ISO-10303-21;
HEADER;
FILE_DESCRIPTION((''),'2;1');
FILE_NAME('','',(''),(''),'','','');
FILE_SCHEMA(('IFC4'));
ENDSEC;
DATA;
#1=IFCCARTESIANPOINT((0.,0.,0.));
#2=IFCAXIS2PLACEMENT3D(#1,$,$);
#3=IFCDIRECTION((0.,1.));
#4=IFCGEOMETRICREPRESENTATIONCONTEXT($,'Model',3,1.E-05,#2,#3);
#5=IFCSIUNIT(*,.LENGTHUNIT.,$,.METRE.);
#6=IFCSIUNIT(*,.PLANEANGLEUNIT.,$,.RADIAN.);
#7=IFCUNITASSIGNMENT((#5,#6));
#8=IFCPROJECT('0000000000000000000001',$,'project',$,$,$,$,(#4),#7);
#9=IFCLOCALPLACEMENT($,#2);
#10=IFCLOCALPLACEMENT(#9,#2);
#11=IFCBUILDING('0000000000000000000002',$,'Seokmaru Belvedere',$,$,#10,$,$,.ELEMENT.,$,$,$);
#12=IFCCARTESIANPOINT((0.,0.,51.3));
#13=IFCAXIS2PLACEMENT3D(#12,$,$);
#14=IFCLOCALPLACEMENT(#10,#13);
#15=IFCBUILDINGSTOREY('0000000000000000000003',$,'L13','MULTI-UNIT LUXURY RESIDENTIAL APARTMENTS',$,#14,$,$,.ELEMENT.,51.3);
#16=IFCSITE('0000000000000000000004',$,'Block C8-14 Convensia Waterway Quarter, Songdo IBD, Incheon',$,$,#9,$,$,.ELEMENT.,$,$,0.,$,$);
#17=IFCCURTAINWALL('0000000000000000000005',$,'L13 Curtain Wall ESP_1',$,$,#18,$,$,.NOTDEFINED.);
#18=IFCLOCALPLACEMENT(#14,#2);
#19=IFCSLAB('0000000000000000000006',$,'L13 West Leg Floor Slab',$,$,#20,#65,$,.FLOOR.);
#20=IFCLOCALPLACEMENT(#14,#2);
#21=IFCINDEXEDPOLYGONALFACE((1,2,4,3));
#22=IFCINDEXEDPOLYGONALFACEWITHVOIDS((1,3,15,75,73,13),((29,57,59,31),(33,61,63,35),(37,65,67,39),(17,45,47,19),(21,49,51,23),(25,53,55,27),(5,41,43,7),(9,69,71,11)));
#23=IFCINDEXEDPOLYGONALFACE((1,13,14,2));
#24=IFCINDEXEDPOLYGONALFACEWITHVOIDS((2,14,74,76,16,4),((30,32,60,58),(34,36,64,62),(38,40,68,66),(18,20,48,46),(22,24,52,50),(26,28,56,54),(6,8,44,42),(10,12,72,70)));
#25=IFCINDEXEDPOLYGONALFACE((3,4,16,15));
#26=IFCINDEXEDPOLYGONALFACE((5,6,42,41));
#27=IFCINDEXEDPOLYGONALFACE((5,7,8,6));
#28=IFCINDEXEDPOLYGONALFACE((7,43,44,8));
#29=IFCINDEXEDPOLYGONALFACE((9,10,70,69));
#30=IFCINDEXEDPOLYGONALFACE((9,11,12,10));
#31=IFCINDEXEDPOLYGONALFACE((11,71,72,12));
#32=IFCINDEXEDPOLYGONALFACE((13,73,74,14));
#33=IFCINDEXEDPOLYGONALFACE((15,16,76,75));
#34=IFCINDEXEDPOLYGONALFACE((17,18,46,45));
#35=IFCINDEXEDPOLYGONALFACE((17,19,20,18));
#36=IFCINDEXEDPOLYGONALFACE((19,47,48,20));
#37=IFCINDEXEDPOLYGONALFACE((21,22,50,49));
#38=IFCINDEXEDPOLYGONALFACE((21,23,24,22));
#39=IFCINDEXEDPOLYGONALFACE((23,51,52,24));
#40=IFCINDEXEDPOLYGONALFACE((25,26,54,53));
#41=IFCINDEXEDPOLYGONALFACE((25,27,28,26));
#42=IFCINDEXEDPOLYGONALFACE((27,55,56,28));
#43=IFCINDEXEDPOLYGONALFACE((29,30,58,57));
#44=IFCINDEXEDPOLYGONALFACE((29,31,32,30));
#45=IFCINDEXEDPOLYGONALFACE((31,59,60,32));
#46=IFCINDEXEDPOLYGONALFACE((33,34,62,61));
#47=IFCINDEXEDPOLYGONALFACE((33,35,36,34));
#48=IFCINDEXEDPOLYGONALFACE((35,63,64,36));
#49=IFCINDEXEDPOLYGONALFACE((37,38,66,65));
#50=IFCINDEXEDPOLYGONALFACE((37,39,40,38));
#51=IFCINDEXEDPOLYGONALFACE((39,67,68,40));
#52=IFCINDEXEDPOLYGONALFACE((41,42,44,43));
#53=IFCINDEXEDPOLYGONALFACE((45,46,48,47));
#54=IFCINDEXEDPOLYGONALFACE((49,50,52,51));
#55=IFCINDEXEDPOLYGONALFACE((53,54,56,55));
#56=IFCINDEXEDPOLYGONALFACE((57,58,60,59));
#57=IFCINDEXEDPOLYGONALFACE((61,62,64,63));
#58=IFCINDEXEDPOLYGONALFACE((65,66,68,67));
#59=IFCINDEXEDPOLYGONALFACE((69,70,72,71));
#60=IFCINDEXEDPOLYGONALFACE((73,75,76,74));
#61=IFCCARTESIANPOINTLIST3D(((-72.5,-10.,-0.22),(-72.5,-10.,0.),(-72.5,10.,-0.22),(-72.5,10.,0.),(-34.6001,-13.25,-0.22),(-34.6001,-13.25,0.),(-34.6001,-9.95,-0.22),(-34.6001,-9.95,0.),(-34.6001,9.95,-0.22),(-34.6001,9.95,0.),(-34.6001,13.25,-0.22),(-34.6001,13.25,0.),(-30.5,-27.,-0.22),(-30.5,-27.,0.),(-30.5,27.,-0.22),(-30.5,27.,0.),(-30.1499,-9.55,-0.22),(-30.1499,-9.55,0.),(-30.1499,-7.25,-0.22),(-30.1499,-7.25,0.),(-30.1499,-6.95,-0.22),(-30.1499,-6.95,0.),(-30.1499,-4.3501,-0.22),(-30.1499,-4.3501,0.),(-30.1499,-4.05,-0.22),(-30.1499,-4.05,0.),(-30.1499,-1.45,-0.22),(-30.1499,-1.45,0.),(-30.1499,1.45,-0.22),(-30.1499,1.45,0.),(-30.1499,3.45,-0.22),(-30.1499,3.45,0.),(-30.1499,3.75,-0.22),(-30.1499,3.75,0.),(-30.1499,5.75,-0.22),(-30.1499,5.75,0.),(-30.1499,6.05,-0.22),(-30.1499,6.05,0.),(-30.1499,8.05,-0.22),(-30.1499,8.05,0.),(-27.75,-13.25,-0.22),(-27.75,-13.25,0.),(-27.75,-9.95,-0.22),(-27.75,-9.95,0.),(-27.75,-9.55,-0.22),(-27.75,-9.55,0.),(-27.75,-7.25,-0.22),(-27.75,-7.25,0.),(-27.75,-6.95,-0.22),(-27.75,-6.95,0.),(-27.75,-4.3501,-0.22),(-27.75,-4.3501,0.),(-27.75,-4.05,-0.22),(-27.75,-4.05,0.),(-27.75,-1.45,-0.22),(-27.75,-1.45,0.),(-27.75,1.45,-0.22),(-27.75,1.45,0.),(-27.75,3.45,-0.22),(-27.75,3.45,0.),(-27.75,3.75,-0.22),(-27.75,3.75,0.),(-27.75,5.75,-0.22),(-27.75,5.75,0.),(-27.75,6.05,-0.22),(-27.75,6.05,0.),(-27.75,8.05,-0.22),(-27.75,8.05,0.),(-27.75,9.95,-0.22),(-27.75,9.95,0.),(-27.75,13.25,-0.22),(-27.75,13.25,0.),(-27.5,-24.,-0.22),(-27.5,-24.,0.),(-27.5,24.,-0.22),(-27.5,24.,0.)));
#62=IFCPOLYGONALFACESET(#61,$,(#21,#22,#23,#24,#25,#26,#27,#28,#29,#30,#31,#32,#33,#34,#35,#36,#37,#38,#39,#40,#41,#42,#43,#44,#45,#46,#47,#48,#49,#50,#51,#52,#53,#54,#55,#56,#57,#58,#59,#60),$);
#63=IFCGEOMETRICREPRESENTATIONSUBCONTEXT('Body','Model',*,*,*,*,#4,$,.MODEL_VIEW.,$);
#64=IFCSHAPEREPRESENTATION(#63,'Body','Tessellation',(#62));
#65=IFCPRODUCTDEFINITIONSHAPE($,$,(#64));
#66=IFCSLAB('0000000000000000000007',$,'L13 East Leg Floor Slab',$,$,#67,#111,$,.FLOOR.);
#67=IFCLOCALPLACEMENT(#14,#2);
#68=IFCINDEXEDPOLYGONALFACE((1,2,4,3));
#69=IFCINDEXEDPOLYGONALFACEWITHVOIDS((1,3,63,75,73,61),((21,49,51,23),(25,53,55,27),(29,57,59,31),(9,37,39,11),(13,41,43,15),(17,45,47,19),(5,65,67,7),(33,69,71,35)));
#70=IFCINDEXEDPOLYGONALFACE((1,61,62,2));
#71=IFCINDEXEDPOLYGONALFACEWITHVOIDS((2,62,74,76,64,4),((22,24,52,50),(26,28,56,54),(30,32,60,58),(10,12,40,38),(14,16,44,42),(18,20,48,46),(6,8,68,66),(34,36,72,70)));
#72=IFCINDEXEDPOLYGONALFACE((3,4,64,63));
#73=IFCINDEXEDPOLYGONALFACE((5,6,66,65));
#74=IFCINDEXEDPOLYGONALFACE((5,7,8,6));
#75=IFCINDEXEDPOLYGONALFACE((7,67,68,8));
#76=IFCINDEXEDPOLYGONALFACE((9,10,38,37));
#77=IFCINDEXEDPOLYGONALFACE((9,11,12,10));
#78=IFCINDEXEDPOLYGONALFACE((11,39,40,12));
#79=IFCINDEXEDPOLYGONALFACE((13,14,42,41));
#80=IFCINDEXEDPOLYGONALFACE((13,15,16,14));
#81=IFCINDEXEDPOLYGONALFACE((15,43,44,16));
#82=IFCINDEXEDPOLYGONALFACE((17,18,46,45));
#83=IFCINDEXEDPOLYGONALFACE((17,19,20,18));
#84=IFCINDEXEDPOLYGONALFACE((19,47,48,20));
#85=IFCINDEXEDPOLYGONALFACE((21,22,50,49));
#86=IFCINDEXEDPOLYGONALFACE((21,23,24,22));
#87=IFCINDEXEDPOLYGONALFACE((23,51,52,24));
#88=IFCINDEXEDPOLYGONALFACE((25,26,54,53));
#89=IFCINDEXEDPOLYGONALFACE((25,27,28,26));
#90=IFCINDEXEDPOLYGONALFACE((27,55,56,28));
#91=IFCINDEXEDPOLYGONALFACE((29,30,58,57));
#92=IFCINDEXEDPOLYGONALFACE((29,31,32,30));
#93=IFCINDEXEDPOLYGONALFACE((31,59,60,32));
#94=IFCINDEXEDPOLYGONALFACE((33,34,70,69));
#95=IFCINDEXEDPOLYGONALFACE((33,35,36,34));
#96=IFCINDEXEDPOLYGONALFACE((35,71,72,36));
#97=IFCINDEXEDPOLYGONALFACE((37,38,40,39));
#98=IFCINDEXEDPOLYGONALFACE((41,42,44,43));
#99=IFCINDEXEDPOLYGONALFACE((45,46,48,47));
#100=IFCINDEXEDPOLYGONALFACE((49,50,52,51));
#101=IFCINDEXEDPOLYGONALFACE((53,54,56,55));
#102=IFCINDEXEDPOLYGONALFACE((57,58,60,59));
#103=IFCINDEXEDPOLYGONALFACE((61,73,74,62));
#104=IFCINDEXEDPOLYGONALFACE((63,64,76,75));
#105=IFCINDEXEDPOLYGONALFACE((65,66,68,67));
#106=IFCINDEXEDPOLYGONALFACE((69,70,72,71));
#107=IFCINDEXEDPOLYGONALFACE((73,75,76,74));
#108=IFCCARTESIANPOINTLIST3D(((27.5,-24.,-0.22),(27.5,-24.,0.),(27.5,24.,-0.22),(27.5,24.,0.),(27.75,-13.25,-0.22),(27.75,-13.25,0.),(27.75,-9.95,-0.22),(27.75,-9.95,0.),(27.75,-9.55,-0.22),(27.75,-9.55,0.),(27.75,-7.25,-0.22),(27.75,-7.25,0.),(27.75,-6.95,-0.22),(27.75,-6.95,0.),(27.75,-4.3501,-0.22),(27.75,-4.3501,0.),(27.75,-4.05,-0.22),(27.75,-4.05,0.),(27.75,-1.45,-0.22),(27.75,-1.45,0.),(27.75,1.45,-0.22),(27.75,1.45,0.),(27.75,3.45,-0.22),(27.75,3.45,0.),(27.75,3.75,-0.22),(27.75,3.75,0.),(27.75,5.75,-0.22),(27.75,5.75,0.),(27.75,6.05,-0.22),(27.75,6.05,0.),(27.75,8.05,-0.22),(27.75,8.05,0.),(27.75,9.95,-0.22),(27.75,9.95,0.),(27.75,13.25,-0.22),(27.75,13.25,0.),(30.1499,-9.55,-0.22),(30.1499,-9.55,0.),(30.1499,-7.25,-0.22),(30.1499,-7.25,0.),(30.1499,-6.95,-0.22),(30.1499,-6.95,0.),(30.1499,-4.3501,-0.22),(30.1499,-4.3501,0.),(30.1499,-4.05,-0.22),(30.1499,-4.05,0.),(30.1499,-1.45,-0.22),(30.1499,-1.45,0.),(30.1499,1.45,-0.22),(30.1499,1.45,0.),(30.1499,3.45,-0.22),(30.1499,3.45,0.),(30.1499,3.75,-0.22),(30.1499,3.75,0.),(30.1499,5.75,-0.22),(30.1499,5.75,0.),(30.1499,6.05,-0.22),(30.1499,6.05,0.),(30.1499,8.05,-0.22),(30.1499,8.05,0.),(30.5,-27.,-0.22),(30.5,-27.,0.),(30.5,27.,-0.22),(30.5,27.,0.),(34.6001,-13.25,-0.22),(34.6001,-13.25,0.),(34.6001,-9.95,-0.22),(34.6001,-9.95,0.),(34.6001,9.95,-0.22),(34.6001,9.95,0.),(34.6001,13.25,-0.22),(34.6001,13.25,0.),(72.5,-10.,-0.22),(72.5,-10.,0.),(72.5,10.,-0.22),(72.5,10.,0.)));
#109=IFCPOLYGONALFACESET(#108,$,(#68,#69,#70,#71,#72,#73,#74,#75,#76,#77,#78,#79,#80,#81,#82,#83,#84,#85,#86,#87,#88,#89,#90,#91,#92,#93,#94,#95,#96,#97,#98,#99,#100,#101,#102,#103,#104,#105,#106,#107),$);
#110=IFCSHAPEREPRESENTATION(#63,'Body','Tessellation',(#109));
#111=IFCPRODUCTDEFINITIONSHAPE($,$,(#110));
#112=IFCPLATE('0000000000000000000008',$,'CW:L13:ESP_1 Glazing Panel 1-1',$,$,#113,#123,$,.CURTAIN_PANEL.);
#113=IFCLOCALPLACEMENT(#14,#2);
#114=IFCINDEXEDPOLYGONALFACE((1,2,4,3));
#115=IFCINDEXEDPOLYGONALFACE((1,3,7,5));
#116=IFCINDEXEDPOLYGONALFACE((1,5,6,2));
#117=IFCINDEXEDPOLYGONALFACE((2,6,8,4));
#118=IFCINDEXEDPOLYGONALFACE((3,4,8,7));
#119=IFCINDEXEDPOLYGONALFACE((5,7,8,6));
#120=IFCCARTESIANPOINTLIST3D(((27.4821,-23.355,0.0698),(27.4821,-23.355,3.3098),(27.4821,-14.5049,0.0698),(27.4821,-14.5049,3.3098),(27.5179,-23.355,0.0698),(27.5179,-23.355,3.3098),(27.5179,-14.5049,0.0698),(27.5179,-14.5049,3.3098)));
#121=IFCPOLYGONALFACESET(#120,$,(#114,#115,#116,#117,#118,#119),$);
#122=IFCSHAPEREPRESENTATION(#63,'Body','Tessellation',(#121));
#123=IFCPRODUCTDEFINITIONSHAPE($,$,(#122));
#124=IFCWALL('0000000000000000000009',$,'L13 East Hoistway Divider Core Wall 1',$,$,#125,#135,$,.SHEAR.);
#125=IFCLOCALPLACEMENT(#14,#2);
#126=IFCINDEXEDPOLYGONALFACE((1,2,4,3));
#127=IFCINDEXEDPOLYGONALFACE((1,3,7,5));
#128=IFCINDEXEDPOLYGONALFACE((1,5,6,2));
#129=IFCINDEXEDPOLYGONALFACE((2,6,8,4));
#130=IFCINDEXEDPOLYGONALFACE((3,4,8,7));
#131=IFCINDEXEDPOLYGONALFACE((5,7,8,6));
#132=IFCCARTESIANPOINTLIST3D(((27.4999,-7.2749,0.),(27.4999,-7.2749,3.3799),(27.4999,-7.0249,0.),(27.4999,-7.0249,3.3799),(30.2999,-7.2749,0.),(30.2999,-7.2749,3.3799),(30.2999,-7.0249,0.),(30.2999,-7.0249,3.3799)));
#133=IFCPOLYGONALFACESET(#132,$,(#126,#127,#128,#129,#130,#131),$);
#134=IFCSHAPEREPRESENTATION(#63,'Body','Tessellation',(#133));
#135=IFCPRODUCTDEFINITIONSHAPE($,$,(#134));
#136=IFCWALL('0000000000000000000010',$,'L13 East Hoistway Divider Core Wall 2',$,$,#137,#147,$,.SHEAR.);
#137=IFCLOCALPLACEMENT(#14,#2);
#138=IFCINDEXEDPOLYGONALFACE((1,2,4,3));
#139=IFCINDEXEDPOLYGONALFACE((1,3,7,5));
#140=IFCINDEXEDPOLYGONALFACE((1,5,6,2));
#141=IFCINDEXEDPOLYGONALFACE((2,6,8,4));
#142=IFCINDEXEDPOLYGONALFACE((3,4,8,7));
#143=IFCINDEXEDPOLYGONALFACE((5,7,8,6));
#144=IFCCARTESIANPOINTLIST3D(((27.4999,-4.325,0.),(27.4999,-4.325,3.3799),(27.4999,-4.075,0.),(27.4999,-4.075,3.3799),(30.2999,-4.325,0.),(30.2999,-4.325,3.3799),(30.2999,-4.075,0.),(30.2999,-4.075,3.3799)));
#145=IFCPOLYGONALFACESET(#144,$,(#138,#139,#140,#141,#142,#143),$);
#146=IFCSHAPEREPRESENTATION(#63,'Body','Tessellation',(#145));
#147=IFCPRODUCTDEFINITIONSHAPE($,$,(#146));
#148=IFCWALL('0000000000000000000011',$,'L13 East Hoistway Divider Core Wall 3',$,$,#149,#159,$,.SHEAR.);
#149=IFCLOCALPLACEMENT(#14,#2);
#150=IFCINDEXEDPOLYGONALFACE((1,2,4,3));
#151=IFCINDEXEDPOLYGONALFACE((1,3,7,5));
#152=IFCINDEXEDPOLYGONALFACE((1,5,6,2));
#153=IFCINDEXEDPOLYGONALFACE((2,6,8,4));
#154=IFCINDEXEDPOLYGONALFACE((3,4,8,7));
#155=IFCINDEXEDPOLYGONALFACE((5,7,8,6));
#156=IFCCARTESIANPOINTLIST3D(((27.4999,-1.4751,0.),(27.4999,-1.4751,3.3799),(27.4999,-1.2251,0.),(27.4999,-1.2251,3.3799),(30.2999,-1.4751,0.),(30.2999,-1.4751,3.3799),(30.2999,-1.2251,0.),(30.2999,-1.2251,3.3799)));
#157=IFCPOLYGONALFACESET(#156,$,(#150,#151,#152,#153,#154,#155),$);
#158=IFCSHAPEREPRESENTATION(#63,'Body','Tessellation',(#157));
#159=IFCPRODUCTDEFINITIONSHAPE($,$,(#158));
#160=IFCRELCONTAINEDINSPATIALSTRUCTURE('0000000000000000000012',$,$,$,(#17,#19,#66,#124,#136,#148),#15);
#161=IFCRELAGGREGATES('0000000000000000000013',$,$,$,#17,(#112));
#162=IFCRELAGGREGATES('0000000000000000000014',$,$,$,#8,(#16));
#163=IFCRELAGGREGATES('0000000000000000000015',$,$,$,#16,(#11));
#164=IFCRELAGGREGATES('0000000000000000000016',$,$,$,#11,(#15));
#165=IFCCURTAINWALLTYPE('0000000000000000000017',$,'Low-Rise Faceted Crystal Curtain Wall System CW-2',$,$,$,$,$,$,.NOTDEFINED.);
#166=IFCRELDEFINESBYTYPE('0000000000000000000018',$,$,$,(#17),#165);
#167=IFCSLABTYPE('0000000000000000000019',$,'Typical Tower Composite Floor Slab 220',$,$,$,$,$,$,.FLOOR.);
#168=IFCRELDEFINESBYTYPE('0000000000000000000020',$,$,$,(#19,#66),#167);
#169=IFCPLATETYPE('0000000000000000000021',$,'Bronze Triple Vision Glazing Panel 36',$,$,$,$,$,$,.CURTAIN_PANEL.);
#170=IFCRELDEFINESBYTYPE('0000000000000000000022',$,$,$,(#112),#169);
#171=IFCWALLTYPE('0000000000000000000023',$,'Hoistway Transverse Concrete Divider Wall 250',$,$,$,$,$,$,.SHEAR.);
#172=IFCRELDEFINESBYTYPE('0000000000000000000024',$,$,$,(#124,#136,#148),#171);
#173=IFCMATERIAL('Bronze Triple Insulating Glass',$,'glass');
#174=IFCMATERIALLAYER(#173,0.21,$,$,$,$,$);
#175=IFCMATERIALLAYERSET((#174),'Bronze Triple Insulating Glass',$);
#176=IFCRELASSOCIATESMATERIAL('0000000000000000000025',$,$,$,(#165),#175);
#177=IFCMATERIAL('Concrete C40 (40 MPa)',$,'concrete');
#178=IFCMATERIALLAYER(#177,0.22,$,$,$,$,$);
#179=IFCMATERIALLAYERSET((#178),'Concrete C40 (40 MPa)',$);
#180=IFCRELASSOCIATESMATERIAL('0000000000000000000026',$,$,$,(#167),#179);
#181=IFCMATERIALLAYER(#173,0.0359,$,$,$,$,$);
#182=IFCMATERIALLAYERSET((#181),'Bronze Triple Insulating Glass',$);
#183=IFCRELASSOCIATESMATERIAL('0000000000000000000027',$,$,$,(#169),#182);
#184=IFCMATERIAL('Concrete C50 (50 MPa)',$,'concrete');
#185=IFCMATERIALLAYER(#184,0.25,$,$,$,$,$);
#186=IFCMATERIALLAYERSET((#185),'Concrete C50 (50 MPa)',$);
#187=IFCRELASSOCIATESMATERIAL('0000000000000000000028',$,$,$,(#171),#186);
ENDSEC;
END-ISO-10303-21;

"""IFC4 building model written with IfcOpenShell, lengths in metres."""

from ifc_helpers import new_model, si_unit, direction, frame, frame_2d, origin, origin_2d, place, context, subcontext, project, spatial, polyline, rectangle, outline, extrude, source, transform, mapped, material, layer, layer_set, type_object, type_shapes, element, aggregate, save


model = new_model("IFC4")

# Units and contexts
model_context = context("Model", 3, precision=1e-05, world=origin(), true_north=direction((0.0, 1.0)))
body_context = subcontext(model_context, "Body", "Model", "MODEL_VIEW")
ifc_project = project(units=[si_unit("LENGTHUNIT", "METRE"), si_unit("PLANEANGLEUNIT", "RADIAN")], contexts=[model_context])

# Site, building, storey
site_placement = place(None, origin())
site = spatial("IfcSite", under=ifc_project, at=site_placement, Name="Block C8-14 Convensia Waterway Quarter, Songdo IBD, Incheon", CompositionType="ELEMENT", RefElevation=0.0)
building_placement = place(site_placement, origin())
building = spatial("IfcBuilding", under=site, at=building_placement, Name="Seokmaru Belvedere", CompositionType="ELEMENT")
storey_placement = place(building_placement, frame((0.0, 0.0, 51.3)))
storey = spatial("IfcBuildingStorey", under=building, at=storey_placement, Name="L13", Description="MULTI-UNIT LUXURY RESIDENTIAL APARTMENTS", CompositionType="ELEMENT", Elevation=51.3)

# Curtain wall
ifc_material_1 = material(Name="Bronze Triple Insulating Glass", Category="glass")
ifc_layer_1 = layer(ifc_material_1, 0.21)
ifc_layer_set_1 = layer_set([ifc_layer_1], Name="Bronze Triple Insulating Glass")
curtain_wall_type = type_object("IfcCurtainWallType", Name="Low-Rise Faceted Crystal Curtain Wall System CW-2", PredefinedType="NOTDEFINED", material=ifc_layer_set_1)
curtain_wall_1_placement = place(storey_placement, origin())
curtain_wall_1 = element("IfcCurtainWall", 1, at=curtain_wall_1_placement, inside=storey, type_object=curtain_wall_type, Name="L13 Curtain Wall ESP_1", PredefinedType="NOTDEFINED")

# Shared definitions
ifc_material_2 = material(Name="Concrete C40 (40 MPa)", Category="concrete")

# Slabs
ifc_layer_2 = layer(ifc_material_2, 0.22)
ifc_layer_set_2 = layer_set([ifc_layer_2], Name="Concrete C40 (40 MPa)")
slab_type_1 = type_object("IfcSlabType", Name="Typical Tower Composite Floor Slab 220", PredefinedType="FLOOR", material=ifc_layer_set_2)
slab_1_placement = place(storey_placement, frame((0.0, 0.0, -0.22)))
element("IfcSlab", 2, at=slab_1_placement, inside=storey, type_object=slab_type_1, Name="L13 West Leg Floor Slab", PredefinedType="FLOOR", context=body_context, shape_type="SweptSolid", body=[
    extrude(outline(polyline([(-27.5, -24.0), (-27.5, 24.0), (-30.5, 27.0), (-72.5, 10.0), (-72.5, -10.0), (-30.5, -27.0), (-27.5, -24.0)]), holes=[polyline([(-34.6001, -13.25), (-27.75, -13.25), (-27.75, -9.95), (-34.6001, -9.95), (-34.6001, -13.25)]), polyline([(-34.6001, 9.95), (-27.75, 9.95), (-27.75, 13.25), (-34.6001, 13.25), (-34.6001, 9.95)]), polyline([(-30.1499, -9.55), (-27.75, -9.55), (-27.75, -7.25), (-30.1499, -7.25), (-30.1499, -9.55)]), polyline([(-30.1499, -6.95), (-27.75, -6.95), (-27.75, -4.3501), (-30.1499, -4.3501), (-30.1499, -6.95)]), polyline([(-30.1499, -4.05), (-27.75, -4.05), (-27.75, -1.45), (-30.1499, -1.45), (-30.1499, -4.05)]), polyline([(-30.1499, 1.45), (-27.75, 1.45), (-27.75, 3.45), (-30.1499, 3.45), (-30.1499, 1.45)]), polyline([(-30.1499, 3.75), (-27.75, 3.75), (-27.75, 5.75), (-30.1499, 5.75), (-30.1499, 3.75)]), polyline([(-30.1499, 6.05), (-27.75, 6.05), (-27.75, 8.05), (-30.1499, 8.05), (-30.1499, 6.05)])]), origin(), (0.0, 0.0, 1.0), 0.22),
])
slab_2_placement = place(storey_placement, frame((0.0, 0.0, -0.22)))
element("IfcSlab", 3, at=slab_2_placement, inside=storey, type_object=slab_type_1, Name="L13 East Leg Floor Slab", PredefinedType="FLOOR", context=body_context, shape_type="SweptSolid", body=[
    extrude(outline(polyline([(30.5, -27.0), (72.5, -10.0), (72.5, 10.0), (30.5, 27.0), (27.5, 24.0), (27.5, -24.0), (30.5, -27.0)]), holes=[polyline([(27.75, -13.25), (34.6001, -13.25), (34.6001, -9.95), (27.75, -9.95), (27.75, -13.25)]), polyline([(27.75, 9.95), (34.6001, 9.95), (34.6001, 13.25), (27.75, 13.25), (27.75, 9.95)]), polyline([(27.75, -9.55), (30.1499, -9.55), (30.1499, -7.25), (27.75, -7.25), (27.75, -9.55)]), polyline([(27.75, -6.95), (30.1499, -6.95), (30.1499, -4.3501), (27.75, -4.3501), (27.75, -6.95)]), polyline([(27.75, -4.05), (30.1499, -4.05), (30.1499, -1.45), (27.75, -1.45), (27.75, -4.05)]), polyline([(27.75, 1.45), (30.1499, 1.45), (30.1499, 3.45), (27.75, 3.45), (27.75, 1.45)]), polyline([(27.75, 3.75), (30.1499, 3.75), (30.1499, 5.75), (27.75, 5.75), (27.75, 3.75)]), polyline([(27.75, 6.05), (30.1499, 6.05), (30.1499, 8.05), (27.75, 8.05), (27.75, 6.05)])]), origin(), (0.0, 0.0, 1.0), 0.22),
])

# Plate
ifc_layer_3 = layer(ifc_material_1, 0.0359)
ifc_layer_set_3 = layer_set([ifc_layer_3], Name="Bronze Triple Insulating Glass")
plate_type = type_object("IfcPlateType", Name="Bronze Triple Vision Glazing Panel 36", PredefinedType="CURTAIN_PANEL", material=ifc_layer_set_3)
shared_shape_1 = source(origin(), body_context, "Body", "SweptSolid", [
    extrude(rectangle(XDim=8.8501, YDim=0.0359, at=origin_2d()), origin(), (0.0, 0.0, 1.0), 3.24),
])
type_shapes(plate_type, [shared_shape_1])
plate_placement = place(storey_placement, frame((27.5, -18.9299, 0.0698), z_axis=(0.0, 0.0, 1.0), x_axis=(0.0, -1.0, 0.0)))
plate = element("IfcPlate", 4, at=plate_placement, type_object=plate_type, Name="CW:L13:ESP_1 Glazing Panel 1-1", PredefinedType="CURTAIN_PANEL", context=body_context, shape_type="MappedRepresentation", body=[
    mapped(shared_shape_1, transform((0.0, 0.0, 0.0), scale=1.0)),
])
aggregate(curtain_wall_1, [plate])

# Walls
ifc_material_3 = material(Name="Concrete C50 (50 MPa)", Category="concrete")
ifc_layer_4 = layer(ifc_material_3, 0.25)
ifc_layer_set_4 = layer_set([ifc_layer_4], Name="Concrete C50 (50 MPa)")
wall_type_1 = type_object("IfcWallType", Name="Hoistway Transverse Concrete Divider Wall 250", PredefinedType="SHEAR", material=ifc_layer_set_4)
for number, where, z_axis, x_axis, name in (
    (5, (27.5, -7.1499, 0.0), (0.0, 0.0, 1.0), (1.0, 0.0, 0.0), "L13 East Hoistway Divider Core Wall 1"),
    (6, (27.5, -4.2, 0.0), (0.0, 0.0, 1.0), (1.0, 0.0, 0.0), "L13 East Hoistway Divider Core Wall 2"),
    (7, (27.5, -1.3501, 0.0), (0.0, 0.0, 1.0), (1.0, 0.0, 0.0), "L13 East Hoistway Divider Core Wall 3"),
):
    element("IfcWall", number, at=place(storey_placement, frame(where, z_axis=z_axis, x_axis=x_axis)), inside=storey, type_object=wall_type_1, Name=name, PredefinedType="SHEAR", context=body_context, shape_type="SweptSolid", body=[
        extrude(rectangle(XDim=2.8, YDim=0.25, at=frame_2d((1.3999, 0.0))), origin(), (0.0, 0.0, 1.0), 3.3799),
    ])

save(model, "model.ifc")
